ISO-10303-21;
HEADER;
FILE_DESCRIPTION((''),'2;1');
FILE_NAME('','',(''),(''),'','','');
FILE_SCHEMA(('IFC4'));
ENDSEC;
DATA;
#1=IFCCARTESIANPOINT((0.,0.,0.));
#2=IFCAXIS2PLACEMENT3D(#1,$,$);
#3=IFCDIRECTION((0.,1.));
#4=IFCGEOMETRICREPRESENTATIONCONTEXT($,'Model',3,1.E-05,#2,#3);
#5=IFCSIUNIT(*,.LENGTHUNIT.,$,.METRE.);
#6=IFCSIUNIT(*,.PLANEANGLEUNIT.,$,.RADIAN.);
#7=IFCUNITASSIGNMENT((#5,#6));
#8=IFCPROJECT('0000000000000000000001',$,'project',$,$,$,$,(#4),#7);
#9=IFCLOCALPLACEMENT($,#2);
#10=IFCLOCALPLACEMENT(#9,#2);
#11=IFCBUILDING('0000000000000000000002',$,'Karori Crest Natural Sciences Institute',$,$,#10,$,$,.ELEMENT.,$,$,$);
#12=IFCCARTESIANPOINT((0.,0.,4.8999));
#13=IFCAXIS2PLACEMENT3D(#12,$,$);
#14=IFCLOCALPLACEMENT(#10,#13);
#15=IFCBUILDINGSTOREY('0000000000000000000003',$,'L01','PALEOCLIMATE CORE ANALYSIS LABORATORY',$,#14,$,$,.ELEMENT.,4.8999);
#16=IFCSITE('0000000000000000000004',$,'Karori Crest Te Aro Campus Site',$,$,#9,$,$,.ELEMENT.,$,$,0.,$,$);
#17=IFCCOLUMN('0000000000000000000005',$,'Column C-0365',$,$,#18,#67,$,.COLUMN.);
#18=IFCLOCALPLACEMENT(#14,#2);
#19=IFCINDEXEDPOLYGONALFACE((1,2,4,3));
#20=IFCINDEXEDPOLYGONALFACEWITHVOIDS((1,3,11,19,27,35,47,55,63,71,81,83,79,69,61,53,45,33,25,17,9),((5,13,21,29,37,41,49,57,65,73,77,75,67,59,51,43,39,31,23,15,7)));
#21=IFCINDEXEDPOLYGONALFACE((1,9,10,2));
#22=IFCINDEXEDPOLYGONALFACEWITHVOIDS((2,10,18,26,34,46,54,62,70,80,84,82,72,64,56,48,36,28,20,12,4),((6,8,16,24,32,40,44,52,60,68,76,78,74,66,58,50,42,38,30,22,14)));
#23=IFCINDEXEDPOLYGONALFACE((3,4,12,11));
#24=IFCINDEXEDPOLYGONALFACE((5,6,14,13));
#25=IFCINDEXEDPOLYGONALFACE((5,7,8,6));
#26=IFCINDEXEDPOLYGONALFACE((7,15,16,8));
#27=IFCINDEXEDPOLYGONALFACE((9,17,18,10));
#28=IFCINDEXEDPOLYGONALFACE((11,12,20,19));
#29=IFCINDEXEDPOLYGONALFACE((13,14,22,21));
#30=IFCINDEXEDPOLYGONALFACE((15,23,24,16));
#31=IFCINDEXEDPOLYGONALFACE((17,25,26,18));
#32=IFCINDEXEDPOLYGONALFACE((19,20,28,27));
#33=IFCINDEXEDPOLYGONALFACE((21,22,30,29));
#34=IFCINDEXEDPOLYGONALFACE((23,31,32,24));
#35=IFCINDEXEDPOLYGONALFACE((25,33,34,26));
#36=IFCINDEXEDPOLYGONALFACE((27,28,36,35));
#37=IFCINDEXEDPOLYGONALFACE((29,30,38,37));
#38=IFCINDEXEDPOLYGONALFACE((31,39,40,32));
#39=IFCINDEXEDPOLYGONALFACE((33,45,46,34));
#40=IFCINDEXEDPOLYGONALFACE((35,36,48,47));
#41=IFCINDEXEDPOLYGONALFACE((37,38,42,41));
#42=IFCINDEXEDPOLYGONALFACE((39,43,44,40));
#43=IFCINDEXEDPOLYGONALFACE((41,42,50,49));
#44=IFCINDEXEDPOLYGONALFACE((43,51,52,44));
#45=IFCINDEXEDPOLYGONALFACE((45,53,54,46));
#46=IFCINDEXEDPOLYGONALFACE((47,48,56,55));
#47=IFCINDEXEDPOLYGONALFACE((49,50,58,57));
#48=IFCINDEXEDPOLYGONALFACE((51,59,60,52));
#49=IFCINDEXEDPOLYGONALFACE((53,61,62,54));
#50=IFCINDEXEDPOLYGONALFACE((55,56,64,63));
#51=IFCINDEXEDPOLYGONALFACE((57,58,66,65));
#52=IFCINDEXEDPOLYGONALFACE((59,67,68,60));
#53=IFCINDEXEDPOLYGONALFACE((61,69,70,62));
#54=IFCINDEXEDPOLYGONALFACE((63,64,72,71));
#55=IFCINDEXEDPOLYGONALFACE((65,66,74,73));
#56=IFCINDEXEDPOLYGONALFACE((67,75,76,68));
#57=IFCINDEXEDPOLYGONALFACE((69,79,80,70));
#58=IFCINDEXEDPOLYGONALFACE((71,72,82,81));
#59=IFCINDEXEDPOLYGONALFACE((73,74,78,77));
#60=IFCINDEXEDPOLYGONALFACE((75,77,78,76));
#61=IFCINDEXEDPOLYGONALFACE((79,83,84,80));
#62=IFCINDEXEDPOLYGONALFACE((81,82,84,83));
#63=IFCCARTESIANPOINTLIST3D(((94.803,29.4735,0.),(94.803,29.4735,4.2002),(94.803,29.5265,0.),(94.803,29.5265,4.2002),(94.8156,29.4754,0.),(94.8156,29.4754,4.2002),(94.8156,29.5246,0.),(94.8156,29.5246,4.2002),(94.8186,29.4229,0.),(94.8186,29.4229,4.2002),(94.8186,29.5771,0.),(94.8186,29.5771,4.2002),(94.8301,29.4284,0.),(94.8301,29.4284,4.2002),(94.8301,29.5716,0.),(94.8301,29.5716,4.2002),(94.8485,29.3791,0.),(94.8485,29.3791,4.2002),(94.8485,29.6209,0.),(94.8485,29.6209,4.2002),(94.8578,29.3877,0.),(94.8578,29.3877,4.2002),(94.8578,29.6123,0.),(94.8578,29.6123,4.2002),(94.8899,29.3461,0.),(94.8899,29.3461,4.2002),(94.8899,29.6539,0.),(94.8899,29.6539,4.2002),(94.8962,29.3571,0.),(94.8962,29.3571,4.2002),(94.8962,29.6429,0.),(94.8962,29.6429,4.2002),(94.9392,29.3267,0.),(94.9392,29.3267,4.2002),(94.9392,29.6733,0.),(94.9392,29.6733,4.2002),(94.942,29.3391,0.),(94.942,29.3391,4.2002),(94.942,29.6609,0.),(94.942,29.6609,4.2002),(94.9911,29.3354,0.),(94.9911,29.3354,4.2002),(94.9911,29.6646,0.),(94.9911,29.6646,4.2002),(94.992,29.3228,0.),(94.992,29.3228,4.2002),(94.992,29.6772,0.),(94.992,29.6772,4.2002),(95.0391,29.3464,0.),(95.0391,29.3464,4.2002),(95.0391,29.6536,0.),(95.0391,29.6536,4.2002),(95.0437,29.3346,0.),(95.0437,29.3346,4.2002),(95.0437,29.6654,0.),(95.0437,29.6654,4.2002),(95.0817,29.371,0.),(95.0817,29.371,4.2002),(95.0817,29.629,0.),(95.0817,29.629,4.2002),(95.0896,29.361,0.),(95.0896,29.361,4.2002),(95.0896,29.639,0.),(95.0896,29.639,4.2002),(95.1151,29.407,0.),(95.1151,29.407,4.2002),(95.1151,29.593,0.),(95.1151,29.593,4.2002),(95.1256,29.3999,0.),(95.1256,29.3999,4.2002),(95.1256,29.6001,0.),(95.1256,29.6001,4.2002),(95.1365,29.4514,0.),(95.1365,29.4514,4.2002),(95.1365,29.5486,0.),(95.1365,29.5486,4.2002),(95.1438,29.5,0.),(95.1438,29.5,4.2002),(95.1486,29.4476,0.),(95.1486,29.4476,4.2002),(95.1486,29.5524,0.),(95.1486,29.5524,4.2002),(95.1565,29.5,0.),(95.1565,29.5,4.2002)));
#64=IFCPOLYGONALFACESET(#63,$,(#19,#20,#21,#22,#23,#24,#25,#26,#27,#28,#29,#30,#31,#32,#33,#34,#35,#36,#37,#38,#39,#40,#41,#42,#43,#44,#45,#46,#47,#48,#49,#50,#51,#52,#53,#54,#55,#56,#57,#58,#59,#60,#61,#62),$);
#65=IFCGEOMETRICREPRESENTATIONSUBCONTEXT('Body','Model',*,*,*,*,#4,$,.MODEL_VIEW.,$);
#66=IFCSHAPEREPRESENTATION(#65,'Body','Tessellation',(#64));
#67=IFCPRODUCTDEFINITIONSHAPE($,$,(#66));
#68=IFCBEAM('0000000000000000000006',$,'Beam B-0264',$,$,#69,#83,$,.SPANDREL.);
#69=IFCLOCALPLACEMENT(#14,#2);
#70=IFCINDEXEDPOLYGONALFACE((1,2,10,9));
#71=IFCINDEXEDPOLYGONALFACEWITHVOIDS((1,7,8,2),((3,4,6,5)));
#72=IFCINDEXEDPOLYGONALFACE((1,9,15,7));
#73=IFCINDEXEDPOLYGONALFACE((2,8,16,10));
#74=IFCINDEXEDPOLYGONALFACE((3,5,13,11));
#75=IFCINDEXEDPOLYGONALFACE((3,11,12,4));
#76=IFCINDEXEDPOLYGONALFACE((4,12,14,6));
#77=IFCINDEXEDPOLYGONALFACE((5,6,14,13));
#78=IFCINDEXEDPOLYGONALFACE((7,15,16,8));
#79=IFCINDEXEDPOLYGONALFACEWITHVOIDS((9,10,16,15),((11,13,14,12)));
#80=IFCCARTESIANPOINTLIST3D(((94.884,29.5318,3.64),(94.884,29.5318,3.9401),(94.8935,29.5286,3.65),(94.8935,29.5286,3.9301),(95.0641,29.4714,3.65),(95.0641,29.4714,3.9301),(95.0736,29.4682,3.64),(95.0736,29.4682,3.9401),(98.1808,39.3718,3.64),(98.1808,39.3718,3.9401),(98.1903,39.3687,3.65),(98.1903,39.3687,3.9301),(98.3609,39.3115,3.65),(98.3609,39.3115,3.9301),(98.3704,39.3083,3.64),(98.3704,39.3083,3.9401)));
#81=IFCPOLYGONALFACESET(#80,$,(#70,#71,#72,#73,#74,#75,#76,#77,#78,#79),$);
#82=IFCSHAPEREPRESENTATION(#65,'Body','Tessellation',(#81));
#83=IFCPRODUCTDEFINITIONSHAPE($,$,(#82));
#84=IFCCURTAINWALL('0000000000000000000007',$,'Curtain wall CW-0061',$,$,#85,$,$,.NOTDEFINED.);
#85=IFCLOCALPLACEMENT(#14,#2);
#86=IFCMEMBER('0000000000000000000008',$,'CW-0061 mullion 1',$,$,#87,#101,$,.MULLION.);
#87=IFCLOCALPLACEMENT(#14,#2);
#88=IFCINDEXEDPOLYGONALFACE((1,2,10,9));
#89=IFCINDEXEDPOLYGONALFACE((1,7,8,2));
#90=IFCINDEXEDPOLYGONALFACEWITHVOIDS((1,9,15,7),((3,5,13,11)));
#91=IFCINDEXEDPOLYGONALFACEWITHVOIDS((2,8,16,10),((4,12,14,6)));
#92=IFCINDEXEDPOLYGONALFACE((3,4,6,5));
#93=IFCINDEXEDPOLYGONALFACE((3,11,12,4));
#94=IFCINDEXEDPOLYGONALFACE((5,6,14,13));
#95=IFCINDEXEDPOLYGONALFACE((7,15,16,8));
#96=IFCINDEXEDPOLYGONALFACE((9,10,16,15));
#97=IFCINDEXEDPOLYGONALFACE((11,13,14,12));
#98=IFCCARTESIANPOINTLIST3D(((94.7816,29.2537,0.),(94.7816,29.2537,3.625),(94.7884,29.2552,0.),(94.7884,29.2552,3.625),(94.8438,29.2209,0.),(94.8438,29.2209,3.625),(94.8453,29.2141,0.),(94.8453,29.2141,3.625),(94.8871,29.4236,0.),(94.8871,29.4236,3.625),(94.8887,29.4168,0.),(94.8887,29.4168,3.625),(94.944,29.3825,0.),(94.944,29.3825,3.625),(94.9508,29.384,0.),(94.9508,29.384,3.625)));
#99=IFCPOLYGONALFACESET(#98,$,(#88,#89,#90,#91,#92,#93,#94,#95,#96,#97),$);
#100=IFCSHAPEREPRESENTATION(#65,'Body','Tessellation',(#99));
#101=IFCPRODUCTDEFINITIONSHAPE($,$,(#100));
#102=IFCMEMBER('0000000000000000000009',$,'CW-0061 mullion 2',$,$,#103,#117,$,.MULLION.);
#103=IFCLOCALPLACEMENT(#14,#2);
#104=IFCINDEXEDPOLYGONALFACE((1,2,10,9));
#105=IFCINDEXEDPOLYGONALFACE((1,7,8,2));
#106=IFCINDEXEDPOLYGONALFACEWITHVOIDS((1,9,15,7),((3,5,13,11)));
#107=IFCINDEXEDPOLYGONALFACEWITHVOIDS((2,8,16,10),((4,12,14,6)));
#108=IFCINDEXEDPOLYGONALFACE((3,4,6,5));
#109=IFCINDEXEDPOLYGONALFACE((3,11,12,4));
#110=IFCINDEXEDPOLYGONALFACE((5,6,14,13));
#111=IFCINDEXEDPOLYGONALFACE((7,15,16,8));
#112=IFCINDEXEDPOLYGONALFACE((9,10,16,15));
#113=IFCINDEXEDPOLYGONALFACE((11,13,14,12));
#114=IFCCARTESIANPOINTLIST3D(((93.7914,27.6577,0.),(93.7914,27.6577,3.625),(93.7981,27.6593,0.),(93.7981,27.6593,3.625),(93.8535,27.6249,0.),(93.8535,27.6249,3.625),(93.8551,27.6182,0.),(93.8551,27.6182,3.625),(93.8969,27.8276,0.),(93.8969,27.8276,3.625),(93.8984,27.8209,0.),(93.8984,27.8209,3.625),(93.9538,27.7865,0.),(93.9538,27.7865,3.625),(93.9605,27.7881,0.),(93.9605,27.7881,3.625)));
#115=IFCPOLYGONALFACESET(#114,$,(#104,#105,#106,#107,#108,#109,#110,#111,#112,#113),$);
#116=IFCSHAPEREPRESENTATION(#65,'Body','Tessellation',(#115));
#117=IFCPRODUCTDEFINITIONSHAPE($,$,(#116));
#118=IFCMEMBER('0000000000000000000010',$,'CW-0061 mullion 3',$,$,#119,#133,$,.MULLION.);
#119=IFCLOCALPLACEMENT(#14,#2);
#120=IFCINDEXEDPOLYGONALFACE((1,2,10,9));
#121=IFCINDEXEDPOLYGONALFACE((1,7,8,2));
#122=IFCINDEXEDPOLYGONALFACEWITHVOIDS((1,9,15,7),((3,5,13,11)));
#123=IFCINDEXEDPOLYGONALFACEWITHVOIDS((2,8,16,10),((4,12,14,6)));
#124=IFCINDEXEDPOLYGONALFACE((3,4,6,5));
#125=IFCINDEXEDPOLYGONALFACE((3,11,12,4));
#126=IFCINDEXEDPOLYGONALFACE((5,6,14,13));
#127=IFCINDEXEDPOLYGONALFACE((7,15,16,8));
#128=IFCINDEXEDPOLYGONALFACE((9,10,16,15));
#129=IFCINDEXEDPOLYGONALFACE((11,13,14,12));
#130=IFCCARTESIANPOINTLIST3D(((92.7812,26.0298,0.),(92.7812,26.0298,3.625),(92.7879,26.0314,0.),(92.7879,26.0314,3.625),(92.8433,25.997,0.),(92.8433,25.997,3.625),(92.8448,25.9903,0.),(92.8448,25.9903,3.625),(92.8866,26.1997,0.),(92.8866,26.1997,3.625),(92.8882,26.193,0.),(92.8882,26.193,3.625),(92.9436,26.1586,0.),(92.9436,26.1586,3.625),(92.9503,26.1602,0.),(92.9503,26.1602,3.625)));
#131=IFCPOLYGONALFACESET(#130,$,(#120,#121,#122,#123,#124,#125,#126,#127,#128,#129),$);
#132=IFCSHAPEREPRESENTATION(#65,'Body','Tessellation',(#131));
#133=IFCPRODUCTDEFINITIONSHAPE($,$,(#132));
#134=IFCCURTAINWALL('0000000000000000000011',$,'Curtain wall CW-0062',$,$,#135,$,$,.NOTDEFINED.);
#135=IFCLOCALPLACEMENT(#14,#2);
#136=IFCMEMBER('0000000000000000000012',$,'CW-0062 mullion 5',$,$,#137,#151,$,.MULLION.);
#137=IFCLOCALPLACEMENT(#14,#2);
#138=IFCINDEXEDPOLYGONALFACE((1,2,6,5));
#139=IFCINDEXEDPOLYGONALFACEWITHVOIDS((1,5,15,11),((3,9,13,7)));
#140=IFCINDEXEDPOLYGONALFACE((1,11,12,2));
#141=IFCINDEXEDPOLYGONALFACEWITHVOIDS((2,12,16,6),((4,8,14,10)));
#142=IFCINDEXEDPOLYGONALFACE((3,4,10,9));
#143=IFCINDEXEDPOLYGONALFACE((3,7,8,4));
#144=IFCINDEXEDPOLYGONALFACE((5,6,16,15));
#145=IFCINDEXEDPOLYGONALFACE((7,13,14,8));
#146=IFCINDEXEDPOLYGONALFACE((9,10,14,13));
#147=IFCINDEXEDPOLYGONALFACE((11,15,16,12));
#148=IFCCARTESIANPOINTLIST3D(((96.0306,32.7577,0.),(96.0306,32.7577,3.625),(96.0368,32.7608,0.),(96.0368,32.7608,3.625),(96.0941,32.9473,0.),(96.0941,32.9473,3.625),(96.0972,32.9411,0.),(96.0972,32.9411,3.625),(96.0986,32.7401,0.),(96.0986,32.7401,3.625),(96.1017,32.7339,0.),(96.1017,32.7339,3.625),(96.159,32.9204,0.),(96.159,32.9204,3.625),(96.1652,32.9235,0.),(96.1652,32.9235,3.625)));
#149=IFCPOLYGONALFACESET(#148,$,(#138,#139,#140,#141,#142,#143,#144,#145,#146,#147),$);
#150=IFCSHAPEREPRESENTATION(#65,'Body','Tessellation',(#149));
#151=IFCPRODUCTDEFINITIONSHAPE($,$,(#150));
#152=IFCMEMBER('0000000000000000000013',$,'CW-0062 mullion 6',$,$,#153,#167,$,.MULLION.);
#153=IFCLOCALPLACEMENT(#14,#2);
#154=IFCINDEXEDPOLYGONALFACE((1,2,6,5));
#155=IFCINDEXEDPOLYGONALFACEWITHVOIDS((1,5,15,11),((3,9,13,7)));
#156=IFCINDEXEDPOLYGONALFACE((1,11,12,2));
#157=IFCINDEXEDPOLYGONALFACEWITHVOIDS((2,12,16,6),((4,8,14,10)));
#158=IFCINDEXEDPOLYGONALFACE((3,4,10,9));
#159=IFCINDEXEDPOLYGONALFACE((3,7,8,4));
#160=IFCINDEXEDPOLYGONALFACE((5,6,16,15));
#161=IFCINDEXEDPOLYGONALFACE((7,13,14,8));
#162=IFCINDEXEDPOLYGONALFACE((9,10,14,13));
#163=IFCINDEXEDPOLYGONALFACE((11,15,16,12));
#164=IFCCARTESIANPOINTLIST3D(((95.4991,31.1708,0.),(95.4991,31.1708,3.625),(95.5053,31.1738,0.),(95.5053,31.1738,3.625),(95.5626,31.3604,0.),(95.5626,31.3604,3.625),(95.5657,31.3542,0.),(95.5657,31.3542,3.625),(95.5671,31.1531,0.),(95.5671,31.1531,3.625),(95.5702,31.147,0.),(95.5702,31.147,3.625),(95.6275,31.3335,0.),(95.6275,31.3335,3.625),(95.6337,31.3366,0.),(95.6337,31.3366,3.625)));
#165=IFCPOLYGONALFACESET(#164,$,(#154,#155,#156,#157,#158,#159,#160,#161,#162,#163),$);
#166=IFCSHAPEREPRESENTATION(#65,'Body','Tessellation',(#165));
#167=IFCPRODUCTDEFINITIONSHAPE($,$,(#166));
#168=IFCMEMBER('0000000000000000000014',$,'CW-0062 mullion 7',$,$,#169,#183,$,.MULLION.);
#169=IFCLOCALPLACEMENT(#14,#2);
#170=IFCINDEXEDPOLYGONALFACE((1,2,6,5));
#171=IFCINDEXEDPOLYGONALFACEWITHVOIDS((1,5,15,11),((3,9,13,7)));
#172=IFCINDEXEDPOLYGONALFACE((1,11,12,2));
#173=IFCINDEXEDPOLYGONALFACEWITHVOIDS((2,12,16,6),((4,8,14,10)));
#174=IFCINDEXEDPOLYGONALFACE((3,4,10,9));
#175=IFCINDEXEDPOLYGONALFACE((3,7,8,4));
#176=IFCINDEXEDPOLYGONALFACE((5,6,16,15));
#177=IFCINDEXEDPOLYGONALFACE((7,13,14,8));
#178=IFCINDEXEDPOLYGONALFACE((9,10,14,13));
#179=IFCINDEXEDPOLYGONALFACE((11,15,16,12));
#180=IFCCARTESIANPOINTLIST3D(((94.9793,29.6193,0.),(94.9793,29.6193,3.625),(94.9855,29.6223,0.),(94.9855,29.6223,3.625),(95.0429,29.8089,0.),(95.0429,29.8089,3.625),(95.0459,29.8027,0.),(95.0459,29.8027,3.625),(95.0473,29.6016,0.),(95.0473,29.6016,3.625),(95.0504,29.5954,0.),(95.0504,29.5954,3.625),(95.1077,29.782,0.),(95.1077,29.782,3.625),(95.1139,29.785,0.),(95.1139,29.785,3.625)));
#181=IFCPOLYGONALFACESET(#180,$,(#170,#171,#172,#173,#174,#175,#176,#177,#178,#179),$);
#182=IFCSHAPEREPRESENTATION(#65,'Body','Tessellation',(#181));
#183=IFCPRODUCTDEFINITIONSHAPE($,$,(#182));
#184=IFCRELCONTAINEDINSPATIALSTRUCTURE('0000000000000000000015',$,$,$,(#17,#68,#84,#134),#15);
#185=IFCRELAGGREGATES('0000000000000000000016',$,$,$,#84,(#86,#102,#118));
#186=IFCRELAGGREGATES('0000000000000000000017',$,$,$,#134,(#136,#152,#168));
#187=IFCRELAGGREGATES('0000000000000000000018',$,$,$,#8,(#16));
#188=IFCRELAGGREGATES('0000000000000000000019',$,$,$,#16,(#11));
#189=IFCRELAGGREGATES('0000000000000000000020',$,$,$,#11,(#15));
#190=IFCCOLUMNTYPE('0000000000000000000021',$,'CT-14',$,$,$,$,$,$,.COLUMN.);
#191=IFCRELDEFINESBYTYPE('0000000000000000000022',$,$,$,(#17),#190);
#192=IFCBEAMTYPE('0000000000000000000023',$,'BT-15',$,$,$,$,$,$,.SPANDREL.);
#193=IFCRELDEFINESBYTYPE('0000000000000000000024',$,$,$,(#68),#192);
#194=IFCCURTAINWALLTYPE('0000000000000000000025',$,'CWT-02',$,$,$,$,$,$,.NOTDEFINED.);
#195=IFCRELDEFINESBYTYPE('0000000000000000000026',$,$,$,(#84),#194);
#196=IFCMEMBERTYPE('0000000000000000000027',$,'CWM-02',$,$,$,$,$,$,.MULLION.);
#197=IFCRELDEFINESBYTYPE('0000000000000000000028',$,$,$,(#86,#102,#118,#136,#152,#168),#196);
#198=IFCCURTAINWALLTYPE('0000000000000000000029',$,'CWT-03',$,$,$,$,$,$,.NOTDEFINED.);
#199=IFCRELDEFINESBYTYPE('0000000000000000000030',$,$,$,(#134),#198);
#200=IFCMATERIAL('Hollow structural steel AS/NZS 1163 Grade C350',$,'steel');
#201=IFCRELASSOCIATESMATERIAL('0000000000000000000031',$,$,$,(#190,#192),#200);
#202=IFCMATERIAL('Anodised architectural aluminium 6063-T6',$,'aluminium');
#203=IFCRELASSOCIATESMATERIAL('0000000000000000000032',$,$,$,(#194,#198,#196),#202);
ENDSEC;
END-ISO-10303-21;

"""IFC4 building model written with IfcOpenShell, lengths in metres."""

from ifc_helpers import new_model, si_unit, direction, frame, origin, origin_2d, place, context, subcontext, project, spatial, hollow_rectangle, hollow_circle, extrude, material, material_profile, profile_set, type_object, element, aggregate, save


model = new_model("IFC4")

# Units and contexts
model_context = context("Model", 3, precision=1e-05, world=origin(), true_north=direction((0.0, 1.0)))
body_context = subcontext(model_context, "Body", "Model", "MODEL_VIEW")
ifc_project = project(units=[si_unit("LENGTHUNIT", "METRE"), si_unit("PLANEANGLEUNIT", "RADIAN")], contexts=[model_context])

# Site, building, storey
site_placement = place(None, origin())
site = spatial("IfcSite", under=ifc_project, at=site_placement, Name="Karori Crest Te Aro Campus Site", CompositionType="ELEMENT", RefElevation=0.0)
building_placement = place(site_placement, origin())
building = spatial("IfcBuilding", under=site, at=building_placement, Name="Karori Crest Natural Sciences Institute", CompositionType="ELEMENT")
storey_placement = place(building_placement, frame((0.0, 0.0, 4.8999)))
storey = spatial("IfcBuildingStorey", under=building, at=storey_placement, Name="L01", Description="PALEOCLIMATE CORE ANALYSIS LABORATORY", CompositionType="ELEMENT", Elevation=4.8999)

# Column
ifc_material_1 = material(Name="Hollow structural steel AS/NZS 1163 Grade C350", Category="steel")
ifc_material_profile_1 = material_profile(ifc_material_1, hollow_circle(Radius=0.1777, WallThickness=0.0127, at=origin_2d()), Name="CHS355.6x12.7")
ifc_profile_set_1 = profile_set([ifc_material_profile_1], Name="Hollow structural steel AS/NZS 1163 Grade C350")
column_type = type_object("IfcColumnType", Name="CT-14", PredefinedType="COLUMN", material=ifc_profile_set_1)
column_placement = place(storey_placement, frame((94.9788, 29.5, 0.0), z_axis=(0.0, 0.0, 1.0), x_axis=(1.0, 0.0, 0.0)))
element("IfcColumn", 1, at=column_placement, inside=storey, type_object=column_type, Name="Column C-0365", PredefinedType="COLUMN", context=body_context, shape_type="SweptSolid", body=[
    extrude(hollow_circle(Radius=0.1777, WallThickness=0.0127, at=origin_2d()), origin(), (0.0, 0.0, 1.0), 4.2002),
])

# Beam
ifc_material_profile_2 = material_profile(ifc_material_1, hollow_rectangle(XDim=0.2, YDim=0.3, WallThickness=0.01, at=origin_2d()), Name="RHS300x200x10")
ifc_profile_set_2 = profile_set([ifc_material_profile_2], Name="Hollow structural steel AS/NZS 1163 Grade C350")
beam_type = type_object("IfcBeamType", Name="BT-15", PredefinedType="SPANDREL", material=ifc_profile_set_2)
beam_placement = place(storey_placement, frame((94.9788, 29.5, 3.79), z_axis=(0.317688, 0.948195, 0.0), x_axis=(-0.948195, 0.317688, 0.0)))
element("IfcBeam", 2, at=beam_placement, inside=storey, type_object=beam_type, Name="Beam B-0264", PredefinedType="SPANDREL", context=body_context, shape_type="SweptSolid", body=[
    extrude(hollow_rectangle(XDim=0.2, YDim=0.3, WallThickness=0.01, at=origin_2d()), origin(), (0.0, 0.0, 1.0), 10.3777),
])

# Curtain walls, members
ifc_material_2 = material(Name="Anodised architectural aluminium 6063-T6", Category="aluminium")
curtain_wall_type_1 = type_object("IfcCurtainWallType", Name="CWT-02", PredefinedType="NOTDEFINED", material=ifc_material_2)
curtain_wall_1_placement = place(storey_placement, origin())
curtain_wall_1 = element("IfcCurtainWall", 3, at=curtain_wall_1_placement, inside=storey, type_object=curtain_wall_type_1, Name="Curtain wall CW-0061", PredefinedType="NOTDEFINED")
ifc_material_profile_3 = material_profile(ifc_material_2, hollow_rectangle(XDim=0.075, YDim=0.2, WallThickness=0.0049, at=origin_2d()), Name="CWM200x75x5")
ifc_profile_set_3 = profile_set([ifc_material_profile_3], Name="Anodised architectural aluminium 6063-T6")
member_type_1 = type_object("IfcMemberType", Name="CWM-02", PredefinedType="MULLION", material=ifc_profile_set_3)
member_1_placement = place(storey_placement, frame((94.8662, 29.3188, 0.0), z_axis=(0.0, 0.0, 1.0), x_axis=(0.849662, -0.527328, 0.0)))
member_1 = element("IfcMember", 4, at=member_1_placement, type_object=member_type_1, Name="CW-0061 mullion 1", PredefinedType="MULLION", context=body_context, shape_type="SweptSolid", body=[
    extrude(hollow_rectangle(XDim=0.075, YDim=0.2, WallThickness=0.0049, at=origin_2d()), origin(), (0.0, 0.0, 1.0), 3.625),
])
member_2_placement = place(storey_placement, frame((93.876, 27.7229, 0.0), z_axis=(0.0, 0.0, 1.0), x_axis=(0.849662, -0.527328, 0.0)))
member_2 = element("IfcMember", 5, at=member_2_placement, type_object=member_type_1, Name="CW-0061 mullion 2", PredefinedType="MULLION", context=body_context, shape_type="SweptSolid", body=[
    extrude(hollow_rectangle(XDim=0.075, YDim=0.2, WallThickness=0.0049, at=origin_2d()), origin(), (0.0, 0.0, 1.0), 3.625),
])
member_3_placement = place(storey_placement, frame((92.8657, 26.095, 0.0), z_axis=(0.0, 0.0, 1.0), x_axis=(0.849662, -0.527328, 0.0)))
member_3 = element("IfcMember", 6, at=member_3_placement, type_object=member_type_1, Name="CW-0061 mullion 3", PredefinedType="MULLION", context=body_context, shape_type="SweptSolid", body=[
    extrude(hollow_rectangle(XDim=0.075, YDim=0.2, WallThickness=0.0049, at=origin_2d()), origin(), (0.0, 0.0, 1.0), 3.625),
])
curtain_wall_type_2 = type_object("IfcCurtainWallType", Name="CWT-03", PredefinedType="NOTDEFINED", material=ifc_material_2)
curtain_wall_2_placement = place(storey_placement, origin())
curtain_wall_2 = element("IfcCurtainWall", 7, at=curtain_wall_2_placement, inside=storey, type_object=curtain_wall_type_2, Name="Curtain wall CW-0062", PredefinedType="NOTDEFINED")
member_4_placement = place(storey_placement, frame((96.0979, 32.8406, 0.0), z_axis=(0.0, 0.0, 1.0), x_axis=(0.948196, -0.317685, 0.0)))
member_4 = element("IfcMember", 8, at=member_4_placement, type_object=member_type_1, Name="CW-0062 mullion 5", PredefinedType="MULLION", context=body_context, shape_type="SweptSolid", body=[
    extrude(hollow_rectangle(XDim=0.075, YDim=0.2, WallThickness=0.0049, at=origin_2d()), origin(), (0.0, 0.0, 1.0), 3.625),
])
member_5_placement = place(storey_placement, frame((95.5664, 31.2537, 0.0), z_axis=(0.0, 0.0, 1.0), x_axis=(0.948196, -0.317685, 0.0)))
member_5 = element("IfcMember", 9, at=member_5_placement, type_object=member_type_1, Name="CW-0062 mullion 6", PredefinedType="MULLION", context=body_context, shape_type="SweptSolid", body=[
    extrude(hollow_rectangle(XDim=0.075, YDim=0.2, WallThickness=0.0049, at=origin_2d()), origin(), (0.0, 0.0, 1.0), 3.625),
])
member_6_placement = place(storey_placement, frame((95.0466, 29.7021, 0.0), z_axis=(0.0, 0.0, 1.0), x_axis=(0.948196, -0.317685, 0.0)))
member_6 = element("IfcMember", 10, at=member_6_placement, type_object=member_type_1, Name="CW-0062 mullion 7", PredefinedType="MULLION", context=body_context, shape_type="SweptSolid", body=[
    extrude(hollow_rectangle(XDim=0.075, YDim=0.2, WallThickness=0.0049, at=origin_2d()), origin(), (0.0, 0.0, 1.0), 3.625),
])

aggregate(curtain_wall_1, [member_1, member_2, member_3])
aggregate(curtain_wall_2, [member_4, member_5, member_6])

save(model, "model.ifc")
